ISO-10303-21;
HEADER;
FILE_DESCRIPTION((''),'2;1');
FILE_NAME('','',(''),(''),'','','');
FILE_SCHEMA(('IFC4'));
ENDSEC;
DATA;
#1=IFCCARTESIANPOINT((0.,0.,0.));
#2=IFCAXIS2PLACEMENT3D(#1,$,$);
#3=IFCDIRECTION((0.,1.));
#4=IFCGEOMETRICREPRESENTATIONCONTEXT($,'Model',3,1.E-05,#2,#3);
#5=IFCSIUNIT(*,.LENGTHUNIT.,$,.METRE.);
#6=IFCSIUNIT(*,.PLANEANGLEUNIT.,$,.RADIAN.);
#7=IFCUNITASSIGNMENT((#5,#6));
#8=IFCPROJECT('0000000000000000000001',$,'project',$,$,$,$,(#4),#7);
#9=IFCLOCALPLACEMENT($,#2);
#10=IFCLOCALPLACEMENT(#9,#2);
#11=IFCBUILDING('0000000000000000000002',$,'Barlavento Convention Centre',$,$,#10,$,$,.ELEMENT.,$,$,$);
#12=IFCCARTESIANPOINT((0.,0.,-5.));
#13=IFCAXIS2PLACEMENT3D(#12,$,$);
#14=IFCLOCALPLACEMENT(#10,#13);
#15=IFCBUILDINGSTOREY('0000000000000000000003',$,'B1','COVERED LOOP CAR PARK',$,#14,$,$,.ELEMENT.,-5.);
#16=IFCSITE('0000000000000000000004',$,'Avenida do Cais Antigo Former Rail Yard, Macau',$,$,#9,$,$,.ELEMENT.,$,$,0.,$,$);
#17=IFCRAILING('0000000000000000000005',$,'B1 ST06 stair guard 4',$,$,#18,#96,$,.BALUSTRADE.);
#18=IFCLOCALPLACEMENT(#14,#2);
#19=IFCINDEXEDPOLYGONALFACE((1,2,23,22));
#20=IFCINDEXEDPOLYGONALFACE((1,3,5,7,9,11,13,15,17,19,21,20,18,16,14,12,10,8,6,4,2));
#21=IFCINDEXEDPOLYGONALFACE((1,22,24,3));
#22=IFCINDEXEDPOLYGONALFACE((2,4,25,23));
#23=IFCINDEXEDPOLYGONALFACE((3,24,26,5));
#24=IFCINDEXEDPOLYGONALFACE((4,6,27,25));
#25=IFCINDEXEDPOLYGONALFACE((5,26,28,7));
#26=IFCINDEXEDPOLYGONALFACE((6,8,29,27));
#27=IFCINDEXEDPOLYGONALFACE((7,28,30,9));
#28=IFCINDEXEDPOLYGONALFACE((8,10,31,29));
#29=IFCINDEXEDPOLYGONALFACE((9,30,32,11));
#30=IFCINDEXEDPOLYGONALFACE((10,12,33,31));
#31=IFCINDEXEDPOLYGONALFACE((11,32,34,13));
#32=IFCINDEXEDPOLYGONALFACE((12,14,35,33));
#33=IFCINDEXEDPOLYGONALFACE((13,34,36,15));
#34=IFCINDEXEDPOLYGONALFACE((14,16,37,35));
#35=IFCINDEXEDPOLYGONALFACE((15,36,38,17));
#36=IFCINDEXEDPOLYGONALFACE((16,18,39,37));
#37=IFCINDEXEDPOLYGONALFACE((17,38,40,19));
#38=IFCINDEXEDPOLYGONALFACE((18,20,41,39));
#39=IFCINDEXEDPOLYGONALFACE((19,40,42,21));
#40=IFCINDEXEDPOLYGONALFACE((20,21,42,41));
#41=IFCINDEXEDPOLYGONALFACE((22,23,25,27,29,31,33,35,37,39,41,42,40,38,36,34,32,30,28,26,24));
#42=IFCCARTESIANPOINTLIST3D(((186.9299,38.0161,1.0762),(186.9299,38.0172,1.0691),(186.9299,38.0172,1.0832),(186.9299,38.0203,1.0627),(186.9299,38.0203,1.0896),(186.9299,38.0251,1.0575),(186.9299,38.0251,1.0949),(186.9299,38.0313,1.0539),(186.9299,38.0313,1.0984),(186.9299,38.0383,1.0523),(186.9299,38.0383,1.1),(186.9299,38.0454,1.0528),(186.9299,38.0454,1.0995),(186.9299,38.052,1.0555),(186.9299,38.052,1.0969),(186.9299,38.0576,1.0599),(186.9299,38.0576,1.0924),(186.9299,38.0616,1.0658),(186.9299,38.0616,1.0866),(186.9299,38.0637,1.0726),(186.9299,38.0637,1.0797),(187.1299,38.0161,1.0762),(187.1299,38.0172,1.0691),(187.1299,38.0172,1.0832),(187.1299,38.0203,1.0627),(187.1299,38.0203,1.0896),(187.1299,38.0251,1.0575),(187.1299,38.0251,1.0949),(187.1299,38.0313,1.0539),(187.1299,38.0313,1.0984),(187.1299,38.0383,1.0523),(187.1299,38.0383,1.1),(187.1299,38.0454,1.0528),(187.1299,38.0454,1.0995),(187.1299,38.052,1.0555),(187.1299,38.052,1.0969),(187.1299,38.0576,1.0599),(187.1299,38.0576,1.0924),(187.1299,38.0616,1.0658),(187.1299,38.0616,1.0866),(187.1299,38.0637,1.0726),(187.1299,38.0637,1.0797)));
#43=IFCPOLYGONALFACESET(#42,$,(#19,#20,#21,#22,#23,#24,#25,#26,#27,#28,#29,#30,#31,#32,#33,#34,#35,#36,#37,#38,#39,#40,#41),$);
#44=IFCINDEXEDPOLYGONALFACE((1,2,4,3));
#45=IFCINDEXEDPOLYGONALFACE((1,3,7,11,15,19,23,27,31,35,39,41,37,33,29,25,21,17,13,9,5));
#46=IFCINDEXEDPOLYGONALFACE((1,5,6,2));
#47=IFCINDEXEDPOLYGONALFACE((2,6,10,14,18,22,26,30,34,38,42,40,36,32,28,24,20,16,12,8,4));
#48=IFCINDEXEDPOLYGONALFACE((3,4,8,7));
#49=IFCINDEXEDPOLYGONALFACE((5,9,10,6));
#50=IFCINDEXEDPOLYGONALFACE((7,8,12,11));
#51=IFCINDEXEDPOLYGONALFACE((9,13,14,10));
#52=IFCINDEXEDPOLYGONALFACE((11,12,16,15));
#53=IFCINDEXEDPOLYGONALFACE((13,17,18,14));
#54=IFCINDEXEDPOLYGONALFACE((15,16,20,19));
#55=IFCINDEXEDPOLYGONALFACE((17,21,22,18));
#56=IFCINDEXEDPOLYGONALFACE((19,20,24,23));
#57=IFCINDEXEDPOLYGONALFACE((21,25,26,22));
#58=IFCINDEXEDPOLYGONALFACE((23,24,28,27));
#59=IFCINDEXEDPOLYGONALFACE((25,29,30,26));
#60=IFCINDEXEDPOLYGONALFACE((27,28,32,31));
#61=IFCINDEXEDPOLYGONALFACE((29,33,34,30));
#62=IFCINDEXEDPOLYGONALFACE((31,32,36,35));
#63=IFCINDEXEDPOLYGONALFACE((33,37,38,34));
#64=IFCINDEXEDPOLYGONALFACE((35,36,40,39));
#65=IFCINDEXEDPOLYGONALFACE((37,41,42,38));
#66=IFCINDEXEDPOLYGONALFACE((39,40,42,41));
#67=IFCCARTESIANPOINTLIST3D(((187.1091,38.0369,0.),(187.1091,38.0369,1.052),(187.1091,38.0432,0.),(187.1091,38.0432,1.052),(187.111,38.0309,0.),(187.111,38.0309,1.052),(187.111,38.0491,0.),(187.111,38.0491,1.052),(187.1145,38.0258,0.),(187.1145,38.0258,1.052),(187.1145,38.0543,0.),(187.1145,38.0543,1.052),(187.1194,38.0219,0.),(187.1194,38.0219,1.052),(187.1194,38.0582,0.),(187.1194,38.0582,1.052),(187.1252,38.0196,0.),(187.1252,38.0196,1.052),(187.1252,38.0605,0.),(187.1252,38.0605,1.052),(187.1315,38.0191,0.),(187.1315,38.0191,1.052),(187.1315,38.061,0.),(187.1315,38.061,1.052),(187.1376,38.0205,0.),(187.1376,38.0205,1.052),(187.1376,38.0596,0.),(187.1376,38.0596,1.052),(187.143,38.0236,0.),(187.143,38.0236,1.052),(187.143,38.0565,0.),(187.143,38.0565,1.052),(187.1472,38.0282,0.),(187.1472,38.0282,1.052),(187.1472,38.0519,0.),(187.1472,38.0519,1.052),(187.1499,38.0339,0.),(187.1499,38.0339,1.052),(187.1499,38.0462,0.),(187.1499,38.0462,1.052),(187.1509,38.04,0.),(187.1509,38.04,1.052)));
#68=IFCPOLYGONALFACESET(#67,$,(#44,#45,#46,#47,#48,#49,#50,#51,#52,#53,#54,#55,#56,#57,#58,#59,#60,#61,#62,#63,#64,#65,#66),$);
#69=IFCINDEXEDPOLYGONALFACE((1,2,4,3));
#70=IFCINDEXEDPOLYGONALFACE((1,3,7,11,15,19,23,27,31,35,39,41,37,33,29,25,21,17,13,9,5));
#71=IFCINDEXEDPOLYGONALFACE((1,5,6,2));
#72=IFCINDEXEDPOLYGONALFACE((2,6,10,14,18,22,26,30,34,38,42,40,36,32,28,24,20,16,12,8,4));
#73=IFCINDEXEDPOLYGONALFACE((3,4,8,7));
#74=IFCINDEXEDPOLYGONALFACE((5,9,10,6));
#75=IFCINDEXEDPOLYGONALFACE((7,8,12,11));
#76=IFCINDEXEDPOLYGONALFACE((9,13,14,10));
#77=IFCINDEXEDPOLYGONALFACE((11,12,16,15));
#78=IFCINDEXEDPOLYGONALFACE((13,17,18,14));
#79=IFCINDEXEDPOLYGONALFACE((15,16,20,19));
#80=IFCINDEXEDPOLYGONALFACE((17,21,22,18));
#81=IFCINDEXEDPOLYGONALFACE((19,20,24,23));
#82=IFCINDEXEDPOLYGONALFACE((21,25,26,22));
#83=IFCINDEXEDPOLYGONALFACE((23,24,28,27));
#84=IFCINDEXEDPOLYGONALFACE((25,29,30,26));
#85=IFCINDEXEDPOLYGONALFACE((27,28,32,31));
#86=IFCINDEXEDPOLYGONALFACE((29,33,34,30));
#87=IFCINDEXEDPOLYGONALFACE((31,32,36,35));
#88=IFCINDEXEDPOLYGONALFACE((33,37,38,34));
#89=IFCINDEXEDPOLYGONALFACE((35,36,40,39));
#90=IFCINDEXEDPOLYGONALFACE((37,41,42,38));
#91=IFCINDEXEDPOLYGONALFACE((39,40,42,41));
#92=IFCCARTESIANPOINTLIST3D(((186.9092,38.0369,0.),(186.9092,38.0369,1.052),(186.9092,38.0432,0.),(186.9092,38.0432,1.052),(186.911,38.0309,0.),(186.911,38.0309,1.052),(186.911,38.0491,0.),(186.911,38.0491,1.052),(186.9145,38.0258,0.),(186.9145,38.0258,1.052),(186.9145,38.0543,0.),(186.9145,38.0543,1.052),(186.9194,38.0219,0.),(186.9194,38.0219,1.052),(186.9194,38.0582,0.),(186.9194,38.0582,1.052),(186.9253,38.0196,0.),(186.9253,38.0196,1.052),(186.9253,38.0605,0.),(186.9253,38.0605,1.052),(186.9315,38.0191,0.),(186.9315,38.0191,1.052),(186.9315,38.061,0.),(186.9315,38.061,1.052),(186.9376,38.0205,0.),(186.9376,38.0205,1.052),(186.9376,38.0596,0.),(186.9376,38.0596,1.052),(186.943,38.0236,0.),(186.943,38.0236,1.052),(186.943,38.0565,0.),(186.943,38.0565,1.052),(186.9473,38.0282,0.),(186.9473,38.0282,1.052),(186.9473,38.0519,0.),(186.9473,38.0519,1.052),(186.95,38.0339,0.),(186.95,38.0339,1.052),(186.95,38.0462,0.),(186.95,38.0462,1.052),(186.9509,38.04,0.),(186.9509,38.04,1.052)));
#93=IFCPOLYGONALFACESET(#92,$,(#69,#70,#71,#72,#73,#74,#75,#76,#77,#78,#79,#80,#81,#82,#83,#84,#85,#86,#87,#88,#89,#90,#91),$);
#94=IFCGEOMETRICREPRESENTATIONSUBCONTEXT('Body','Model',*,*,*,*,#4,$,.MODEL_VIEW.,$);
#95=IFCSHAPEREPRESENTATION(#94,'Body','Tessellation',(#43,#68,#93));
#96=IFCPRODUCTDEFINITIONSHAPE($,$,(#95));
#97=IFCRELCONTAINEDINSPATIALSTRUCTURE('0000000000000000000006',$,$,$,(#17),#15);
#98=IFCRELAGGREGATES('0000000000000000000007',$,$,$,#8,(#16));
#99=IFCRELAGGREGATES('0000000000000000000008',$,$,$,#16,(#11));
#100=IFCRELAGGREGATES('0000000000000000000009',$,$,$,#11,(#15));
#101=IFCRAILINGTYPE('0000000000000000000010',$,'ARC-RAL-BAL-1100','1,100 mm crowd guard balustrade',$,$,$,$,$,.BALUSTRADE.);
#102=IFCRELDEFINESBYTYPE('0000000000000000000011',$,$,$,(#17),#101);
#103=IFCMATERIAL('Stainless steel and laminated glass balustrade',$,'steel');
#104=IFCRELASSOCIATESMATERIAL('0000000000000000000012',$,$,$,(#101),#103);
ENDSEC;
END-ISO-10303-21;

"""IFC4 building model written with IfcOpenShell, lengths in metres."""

from ifc_helpers import new_model, si_unit, direction, frame, origin, origin_2d, place, context, subcontext, project, spatial, circle, extrude, material, type_object, element, save


model = new_model("IFC4")

# Units and contexts
model_context = context("Model", 3, precision=1e-05, world=origin(), true_north=direction((0.0, 1.0)))
body_context = subcontext(model_context, "Body", "Model", "MODEL_VIEW")
ifc_project = project(units=[si_unit("LENGTHUNIT", "METRE"), si_unit("PLANEANGLEUNIT", "RADIAN")], contexts=[model_context])

# Site, building, storey
site_placement = place(None, origin())
site = spatial("IfcSite", under=ifc_project, at=site_placement, Name="Avenida do Cais Antigo Former Rail Yard, Macau", CompositionType="ELEMENT", RefElevation=0.0)
building_placement = place(site_placement, origin())
building = spatial("IfcBuilding", under=site, at=building_placement, Name="Barlavento Convention Centre", CompositionType="ELEMENT")
storey_placement = place(building_placement, frame((0.0, 0.0, -5.0)))
storey = spatial("IfcBuildingStorey", under=building, at=storey_placement, Name="B1", Description="COVERED LOOP CAR PARK", CompositionType="ELEMENT", Elevation=-5.0)

# Railing
ifc_material_1 = material(Name="Stainless steel and laminated glass balustrade", Category="steel")
railing_type_1 = type_object("IfcRailingType", Name="ARC-RAL-BAL-1100", Description="1,100 mm crowd guard balustrade", PredefinedType="BALUSTRADE", material=ifc_material_1)
railing_1_placement = place(storey_placement, frame((187.1299, 38.04, 0.0)))
element("IfcRailing", 1, at=railing_1_placement, inside=storey, type_object=railing_type_1, Name="B1 ST06 stair guard 4", PredefinedType="BALUSTRADE", context=body_context, shape_type="SweptSolid", body=[
    extrude(circle(Radius=0.0239, at=origin_2d()), frame((0.0, 0.0, 1.0762), z_axis=(-1.0, 0.0, 0.0), x_axis=(0.0, -1.0, 0.0)), (0.0, 0.0, 1.0), 0.2),
    extrude(circle(Radius=0.021, at=origin_2d()), origin(), (0.0, 0.0, 1.0), 1.052),
    extrude(circle(Radius=0.021, at=origin_2d()), frame((-0.2, 0.0, 0.0)), (0.0, 0.0, 1.0), 1.052),
])

save(model, "model.ifc")
